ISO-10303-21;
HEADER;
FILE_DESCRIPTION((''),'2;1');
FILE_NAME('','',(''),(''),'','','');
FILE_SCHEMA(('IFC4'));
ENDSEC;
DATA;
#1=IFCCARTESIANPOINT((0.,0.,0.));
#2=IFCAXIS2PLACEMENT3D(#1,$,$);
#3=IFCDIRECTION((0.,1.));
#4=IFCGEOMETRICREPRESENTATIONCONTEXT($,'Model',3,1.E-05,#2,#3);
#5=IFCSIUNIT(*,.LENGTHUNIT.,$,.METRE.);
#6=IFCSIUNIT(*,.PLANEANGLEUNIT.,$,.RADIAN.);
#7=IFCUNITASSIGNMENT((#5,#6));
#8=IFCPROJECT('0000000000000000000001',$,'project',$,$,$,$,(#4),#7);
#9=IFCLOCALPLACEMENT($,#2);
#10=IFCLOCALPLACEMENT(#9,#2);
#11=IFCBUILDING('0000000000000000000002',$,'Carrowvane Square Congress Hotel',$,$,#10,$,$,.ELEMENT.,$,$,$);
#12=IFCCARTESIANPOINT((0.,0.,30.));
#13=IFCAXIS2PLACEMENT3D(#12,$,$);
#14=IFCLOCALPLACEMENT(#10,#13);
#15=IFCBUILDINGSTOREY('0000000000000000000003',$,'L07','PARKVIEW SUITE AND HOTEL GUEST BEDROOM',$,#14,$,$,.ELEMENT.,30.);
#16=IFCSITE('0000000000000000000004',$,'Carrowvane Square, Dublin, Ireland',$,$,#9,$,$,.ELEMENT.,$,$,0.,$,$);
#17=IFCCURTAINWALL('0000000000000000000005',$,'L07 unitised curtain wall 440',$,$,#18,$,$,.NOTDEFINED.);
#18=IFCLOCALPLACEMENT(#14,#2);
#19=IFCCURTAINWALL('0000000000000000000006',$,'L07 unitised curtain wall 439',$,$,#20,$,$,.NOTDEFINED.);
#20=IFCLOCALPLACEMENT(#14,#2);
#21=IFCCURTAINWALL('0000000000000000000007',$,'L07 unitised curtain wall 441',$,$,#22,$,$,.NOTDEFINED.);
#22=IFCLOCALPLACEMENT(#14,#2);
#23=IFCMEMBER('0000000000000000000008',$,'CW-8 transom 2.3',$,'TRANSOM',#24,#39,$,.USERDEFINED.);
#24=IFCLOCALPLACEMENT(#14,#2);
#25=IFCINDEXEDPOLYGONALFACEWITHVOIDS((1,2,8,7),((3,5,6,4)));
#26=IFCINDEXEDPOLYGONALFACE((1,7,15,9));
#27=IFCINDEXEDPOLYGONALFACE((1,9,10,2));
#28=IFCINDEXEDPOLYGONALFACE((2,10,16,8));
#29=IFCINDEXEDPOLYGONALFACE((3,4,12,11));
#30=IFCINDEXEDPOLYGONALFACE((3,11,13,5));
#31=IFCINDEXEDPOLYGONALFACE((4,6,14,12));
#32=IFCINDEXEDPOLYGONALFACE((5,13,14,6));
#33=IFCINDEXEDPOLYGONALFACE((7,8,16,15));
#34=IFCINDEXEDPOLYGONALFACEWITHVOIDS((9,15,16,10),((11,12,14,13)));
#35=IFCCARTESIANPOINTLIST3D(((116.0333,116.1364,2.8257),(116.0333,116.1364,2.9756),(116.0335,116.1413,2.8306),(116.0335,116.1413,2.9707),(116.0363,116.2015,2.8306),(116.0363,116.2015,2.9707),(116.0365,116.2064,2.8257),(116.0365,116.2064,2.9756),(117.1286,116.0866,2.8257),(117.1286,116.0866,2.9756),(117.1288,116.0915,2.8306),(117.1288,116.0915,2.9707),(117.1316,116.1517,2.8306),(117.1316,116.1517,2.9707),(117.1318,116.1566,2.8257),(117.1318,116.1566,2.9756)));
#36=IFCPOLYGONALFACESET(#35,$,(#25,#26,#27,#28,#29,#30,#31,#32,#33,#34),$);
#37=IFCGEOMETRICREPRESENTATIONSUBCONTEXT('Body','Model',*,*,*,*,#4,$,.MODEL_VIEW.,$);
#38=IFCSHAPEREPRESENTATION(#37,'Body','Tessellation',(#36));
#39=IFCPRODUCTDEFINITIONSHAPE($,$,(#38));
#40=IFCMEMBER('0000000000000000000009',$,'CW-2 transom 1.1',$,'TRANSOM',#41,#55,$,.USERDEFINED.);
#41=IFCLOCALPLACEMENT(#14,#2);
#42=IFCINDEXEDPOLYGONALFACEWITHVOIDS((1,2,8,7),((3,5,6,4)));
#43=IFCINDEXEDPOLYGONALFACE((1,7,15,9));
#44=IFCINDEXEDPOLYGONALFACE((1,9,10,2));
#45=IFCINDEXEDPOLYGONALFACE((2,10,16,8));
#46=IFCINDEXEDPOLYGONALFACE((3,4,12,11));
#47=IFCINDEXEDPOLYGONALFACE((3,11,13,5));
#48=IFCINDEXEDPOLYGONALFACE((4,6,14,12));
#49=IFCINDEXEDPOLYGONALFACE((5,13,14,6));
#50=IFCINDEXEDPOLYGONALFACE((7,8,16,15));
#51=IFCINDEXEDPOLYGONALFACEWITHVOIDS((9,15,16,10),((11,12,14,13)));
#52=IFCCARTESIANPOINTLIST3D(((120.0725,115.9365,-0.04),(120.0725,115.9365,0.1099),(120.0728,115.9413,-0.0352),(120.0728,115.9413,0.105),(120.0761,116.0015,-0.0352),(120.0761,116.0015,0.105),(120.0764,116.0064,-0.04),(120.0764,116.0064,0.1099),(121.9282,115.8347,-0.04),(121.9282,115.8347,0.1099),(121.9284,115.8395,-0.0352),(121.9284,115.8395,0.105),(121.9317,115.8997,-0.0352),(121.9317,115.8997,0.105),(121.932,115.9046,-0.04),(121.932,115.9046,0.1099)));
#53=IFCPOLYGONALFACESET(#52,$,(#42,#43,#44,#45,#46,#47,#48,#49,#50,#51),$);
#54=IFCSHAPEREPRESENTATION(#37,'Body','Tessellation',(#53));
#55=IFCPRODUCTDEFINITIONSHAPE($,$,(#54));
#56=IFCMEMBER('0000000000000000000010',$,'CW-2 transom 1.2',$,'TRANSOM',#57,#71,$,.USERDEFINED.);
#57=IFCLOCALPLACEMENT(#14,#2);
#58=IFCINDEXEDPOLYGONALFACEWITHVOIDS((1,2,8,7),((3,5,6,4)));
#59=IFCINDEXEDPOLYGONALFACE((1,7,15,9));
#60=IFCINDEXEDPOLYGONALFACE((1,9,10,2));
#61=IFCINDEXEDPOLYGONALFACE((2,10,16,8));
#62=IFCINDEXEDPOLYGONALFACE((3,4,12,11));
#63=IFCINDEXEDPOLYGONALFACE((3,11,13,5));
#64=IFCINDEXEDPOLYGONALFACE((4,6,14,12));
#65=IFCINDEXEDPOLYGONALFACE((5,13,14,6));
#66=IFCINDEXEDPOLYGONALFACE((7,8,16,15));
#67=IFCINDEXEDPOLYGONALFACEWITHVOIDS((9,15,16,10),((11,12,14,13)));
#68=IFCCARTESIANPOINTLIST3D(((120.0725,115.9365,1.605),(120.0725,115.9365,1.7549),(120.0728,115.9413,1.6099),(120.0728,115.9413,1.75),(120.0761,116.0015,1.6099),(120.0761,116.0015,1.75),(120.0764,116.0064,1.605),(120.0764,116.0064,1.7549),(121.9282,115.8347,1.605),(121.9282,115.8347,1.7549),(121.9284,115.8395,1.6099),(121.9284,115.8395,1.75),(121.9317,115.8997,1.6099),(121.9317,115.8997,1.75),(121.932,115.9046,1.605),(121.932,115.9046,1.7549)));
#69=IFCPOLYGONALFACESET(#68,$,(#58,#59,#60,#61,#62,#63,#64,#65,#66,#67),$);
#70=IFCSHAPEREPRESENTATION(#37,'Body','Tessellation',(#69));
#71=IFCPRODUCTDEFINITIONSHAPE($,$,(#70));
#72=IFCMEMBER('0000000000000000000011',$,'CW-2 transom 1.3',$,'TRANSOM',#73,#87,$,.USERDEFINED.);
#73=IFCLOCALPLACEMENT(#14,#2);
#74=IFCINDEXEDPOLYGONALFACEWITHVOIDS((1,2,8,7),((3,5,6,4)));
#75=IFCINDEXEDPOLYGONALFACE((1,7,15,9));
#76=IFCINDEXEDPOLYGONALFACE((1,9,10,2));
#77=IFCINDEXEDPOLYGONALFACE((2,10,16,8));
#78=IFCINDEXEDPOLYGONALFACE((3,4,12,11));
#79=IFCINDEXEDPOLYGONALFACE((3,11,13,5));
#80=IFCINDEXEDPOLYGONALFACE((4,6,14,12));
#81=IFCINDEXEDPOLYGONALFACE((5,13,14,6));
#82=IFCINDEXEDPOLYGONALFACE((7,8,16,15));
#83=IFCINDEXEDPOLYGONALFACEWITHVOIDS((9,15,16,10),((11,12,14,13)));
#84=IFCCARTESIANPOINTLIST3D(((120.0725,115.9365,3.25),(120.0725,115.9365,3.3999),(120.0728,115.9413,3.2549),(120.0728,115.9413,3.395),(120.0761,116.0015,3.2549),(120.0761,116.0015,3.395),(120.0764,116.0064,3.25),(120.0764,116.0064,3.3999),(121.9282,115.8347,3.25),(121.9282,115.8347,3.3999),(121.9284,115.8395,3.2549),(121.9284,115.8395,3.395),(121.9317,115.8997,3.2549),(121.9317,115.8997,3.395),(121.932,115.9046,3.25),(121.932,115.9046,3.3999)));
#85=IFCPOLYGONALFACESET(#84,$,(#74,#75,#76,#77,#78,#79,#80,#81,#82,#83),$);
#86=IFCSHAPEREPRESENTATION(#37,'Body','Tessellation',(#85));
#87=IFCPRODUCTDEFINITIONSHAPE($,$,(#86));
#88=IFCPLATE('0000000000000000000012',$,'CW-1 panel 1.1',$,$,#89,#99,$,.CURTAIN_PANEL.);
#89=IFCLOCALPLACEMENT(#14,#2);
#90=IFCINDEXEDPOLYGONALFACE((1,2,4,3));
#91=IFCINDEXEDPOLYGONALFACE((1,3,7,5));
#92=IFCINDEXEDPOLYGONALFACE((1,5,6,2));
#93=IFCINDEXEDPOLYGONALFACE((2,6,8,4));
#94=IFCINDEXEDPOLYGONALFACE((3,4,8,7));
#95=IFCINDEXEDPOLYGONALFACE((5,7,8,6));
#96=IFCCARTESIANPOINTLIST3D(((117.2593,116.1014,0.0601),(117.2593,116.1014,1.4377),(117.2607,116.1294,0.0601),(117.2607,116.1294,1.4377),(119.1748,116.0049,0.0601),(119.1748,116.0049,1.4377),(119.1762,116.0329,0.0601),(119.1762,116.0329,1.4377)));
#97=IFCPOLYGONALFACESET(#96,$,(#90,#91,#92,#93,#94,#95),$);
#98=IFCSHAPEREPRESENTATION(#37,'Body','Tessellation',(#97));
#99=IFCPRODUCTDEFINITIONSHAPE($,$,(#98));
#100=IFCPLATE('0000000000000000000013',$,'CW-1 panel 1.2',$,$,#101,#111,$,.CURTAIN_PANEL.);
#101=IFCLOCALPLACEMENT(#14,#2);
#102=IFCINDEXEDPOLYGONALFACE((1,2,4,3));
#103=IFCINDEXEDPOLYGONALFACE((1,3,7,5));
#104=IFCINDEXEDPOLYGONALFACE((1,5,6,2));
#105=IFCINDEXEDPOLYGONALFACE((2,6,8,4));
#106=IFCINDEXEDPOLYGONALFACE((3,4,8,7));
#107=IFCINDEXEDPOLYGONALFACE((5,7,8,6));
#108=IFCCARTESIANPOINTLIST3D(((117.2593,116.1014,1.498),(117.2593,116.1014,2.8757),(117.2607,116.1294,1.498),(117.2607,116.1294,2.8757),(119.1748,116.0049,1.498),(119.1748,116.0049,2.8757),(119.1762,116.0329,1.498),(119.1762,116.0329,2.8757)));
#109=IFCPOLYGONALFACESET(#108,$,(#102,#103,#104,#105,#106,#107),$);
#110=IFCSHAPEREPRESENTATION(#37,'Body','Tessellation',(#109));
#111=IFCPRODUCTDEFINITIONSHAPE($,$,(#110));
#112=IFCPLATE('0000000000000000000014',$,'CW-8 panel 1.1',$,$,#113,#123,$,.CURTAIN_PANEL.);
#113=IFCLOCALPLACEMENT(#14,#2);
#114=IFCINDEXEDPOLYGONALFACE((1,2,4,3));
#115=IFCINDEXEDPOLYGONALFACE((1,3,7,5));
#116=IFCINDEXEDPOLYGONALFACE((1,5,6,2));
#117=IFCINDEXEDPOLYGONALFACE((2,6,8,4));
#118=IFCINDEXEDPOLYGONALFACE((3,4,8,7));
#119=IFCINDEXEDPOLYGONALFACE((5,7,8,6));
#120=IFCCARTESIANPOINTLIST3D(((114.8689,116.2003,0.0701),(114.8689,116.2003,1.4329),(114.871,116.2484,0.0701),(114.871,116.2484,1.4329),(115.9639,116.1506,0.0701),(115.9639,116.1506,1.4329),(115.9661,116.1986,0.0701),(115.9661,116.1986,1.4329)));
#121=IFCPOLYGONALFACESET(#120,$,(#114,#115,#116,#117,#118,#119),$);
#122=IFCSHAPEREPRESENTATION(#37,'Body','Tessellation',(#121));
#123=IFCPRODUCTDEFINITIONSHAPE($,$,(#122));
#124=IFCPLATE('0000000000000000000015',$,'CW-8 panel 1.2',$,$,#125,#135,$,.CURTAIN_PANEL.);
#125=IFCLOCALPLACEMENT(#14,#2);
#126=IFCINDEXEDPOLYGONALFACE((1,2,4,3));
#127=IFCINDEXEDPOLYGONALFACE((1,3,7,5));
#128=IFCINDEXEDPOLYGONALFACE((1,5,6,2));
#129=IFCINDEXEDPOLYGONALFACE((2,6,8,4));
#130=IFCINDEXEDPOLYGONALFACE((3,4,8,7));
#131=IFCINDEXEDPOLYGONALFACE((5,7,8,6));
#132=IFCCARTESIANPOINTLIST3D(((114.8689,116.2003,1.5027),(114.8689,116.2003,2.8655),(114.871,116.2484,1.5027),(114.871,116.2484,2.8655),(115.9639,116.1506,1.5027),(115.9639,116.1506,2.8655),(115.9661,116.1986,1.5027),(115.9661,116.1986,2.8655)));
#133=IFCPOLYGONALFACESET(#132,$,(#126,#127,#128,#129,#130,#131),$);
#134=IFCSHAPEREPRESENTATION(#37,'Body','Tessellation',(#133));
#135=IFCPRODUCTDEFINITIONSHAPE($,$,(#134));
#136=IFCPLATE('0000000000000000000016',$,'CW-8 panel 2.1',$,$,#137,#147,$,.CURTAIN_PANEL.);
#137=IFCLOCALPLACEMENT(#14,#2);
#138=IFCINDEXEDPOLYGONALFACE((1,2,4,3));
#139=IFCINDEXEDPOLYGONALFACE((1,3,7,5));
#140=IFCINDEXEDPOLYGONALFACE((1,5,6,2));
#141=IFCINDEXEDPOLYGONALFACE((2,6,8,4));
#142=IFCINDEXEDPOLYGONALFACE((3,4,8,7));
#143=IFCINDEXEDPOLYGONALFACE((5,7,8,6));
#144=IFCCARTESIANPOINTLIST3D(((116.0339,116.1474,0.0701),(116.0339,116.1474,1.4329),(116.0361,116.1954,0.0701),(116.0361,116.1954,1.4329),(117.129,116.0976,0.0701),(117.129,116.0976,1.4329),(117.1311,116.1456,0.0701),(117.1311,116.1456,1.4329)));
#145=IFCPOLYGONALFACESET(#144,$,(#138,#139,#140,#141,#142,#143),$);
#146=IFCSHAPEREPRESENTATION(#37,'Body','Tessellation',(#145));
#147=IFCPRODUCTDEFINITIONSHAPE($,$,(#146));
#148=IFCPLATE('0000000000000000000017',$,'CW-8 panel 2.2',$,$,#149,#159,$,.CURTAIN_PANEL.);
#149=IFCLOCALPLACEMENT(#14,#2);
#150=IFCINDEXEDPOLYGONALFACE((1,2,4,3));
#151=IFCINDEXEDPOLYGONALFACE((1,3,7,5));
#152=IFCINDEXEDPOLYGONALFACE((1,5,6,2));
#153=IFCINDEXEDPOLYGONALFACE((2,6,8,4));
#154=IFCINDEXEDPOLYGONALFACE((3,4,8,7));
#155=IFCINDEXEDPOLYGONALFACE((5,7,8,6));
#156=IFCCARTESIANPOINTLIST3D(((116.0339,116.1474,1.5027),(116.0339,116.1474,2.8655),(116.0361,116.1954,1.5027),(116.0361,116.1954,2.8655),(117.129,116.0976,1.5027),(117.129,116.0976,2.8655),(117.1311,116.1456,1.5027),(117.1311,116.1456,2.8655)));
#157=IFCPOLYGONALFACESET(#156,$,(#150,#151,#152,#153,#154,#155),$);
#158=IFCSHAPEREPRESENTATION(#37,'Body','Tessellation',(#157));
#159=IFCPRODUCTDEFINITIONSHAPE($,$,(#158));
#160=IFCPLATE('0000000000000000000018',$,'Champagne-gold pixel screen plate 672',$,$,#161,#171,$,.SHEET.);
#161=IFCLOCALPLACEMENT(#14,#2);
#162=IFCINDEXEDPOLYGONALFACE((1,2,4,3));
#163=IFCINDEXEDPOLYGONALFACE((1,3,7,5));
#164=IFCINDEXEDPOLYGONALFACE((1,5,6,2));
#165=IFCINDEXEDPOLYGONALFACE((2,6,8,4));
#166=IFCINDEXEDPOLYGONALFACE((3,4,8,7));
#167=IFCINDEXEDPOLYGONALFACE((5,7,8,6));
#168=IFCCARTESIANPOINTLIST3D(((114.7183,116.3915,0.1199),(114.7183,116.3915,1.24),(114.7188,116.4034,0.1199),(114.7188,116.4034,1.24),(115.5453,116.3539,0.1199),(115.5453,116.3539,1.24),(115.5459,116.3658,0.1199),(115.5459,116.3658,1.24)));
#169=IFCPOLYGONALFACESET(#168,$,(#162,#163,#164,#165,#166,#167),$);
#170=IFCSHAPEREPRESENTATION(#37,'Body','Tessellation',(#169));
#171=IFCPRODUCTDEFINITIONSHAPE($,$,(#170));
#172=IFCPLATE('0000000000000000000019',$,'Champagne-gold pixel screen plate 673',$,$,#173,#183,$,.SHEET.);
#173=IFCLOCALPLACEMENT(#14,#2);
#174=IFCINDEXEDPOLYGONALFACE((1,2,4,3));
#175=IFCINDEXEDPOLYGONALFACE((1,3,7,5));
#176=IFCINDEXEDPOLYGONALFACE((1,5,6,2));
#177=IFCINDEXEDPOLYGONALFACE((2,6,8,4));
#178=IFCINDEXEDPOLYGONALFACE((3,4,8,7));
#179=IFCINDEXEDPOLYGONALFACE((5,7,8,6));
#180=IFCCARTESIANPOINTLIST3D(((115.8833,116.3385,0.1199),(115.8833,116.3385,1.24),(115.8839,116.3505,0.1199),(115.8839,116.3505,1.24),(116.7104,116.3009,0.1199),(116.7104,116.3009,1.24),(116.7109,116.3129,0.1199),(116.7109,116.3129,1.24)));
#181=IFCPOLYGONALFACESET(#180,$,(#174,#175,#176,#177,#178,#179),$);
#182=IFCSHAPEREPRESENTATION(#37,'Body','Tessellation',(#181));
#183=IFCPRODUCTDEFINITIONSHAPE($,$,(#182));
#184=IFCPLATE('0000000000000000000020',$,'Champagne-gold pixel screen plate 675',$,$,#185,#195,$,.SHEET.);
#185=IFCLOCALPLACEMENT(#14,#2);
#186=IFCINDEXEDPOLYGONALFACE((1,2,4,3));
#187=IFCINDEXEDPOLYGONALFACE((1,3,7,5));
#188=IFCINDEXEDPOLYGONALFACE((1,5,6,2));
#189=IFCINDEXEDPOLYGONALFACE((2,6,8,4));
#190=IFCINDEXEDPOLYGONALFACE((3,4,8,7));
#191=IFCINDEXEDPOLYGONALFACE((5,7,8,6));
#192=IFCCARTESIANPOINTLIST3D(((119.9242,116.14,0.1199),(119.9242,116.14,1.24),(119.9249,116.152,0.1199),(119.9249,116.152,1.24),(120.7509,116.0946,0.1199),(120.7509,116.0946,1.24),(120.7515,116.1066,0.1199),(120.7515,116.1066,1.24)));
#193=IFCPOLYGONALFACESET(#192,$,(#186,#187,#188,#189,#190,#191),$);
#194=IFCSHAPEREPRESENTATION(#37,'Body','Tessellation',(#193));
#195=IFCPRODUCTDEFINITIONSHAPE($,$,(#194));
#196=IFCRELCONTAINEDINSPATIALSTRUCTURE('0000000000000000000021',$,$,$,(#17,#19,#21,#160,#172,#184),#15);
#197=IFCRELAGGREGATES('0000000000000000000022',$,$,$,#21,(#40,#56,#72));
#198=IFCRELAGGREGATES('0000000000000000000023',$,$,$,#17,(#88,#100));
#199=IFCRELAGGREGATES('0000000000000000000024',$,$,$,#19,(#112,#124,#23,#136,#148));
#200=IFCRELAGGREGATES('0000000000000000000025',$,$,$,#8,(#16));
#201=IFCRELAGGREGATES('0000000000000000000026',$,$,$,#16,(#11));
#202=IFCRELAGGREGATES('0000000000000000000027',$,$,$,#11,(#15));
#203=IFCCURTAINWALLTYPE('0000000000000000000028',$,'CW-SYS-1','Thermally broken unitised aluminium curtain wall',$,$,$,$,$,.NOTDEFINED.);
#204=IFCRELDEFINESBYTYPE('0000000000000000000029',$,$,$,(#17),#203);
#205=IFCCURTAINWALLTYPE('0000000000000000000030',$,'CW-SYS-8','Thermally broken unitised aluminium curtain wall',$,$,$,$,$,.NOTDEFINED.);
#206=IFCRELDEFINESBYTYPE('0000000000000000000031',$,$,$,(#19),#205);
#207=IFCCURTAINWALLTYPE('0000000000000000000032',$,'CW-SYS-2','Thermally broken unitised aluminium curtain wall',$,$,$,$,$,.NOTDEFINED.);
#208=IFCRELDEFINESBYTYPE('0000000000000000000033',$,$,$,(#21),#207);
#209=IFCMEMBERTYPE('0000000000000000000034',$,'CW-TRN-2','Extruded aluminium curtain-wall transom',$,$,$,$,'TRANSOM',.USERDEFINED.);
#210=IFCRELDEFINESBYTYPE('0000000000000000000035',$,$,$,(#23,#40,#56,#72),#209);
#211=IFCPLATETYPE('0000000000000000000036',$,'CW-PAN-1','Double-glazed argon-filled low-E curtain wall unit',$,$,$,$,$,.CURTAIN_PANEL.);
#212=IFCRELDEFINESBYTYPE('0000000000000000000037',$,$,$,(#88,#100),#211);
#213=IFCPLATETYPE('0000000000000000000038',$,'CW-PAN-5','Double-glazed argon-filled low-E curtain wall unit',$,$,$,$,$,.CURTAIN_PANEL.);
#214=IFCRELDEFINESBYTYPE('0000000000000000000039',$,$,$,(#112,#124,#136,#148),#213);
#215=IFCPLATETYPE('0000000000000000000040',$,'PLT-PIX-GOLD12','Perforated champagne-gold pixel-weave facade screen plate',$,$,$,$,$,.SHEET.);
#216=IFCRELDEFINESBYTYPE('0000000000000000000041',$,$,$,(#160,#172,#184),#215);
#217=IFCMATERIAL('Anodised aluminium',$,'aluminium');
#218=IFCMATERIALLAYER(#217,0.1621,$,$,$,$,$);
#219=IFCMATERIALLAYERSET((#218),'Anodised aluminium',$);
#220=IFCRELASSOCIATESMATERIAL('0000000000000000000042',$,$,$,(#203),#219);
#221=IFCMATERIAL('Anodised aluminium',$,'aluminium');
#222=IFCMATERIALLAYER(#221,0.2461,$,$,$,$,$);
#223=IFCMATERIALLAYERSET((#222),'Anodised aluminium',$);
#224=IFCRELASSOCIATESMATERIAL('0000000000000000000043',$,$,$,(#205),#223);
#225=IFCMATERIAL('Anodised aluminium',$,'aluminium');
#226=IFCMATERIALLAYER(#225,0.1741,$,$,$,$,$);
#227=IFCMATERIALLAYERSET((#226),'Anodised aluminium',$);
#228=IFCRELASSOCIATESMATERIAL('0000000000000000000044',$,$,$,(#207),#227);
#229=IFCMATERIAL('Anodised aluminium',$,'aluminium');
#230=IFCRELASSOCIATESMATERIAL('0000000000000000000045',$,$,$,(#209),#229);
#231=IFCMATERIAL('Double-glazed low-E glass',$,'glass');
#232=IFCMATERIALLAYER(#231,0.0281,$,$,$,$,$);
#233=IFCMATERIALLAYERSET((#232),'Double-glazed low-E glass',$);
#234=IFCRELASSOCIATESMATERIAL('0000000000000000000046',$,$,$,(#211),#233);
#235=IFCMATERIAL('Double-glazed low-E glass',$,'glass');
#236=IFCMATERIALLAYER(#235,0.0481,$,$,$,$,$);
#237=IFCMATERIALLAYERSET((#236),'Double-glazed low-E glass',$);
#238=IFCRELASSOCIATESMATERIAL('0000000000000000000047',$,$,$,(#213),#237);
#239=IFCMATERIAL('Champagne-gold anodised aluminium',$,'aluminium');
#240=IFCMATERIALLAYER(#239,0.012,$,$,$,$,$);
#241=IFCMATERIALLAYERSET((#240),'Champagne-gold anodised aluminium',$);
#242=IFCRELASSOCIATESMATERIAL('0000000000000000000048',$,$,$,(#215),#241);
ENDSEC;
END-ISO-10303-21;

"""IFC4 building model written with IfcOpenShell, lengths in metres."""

from ifc_helpers import new_model, si_unit, direction, frame, origin, origin_2d, place, context, subcontext, project, spatial, rectangle, hollow_rectangle, extrude, material, layer, layer_set, material_profile, profile_set, type_object, element, aggregate, save


model = new_model("IFC4")

# Units and contexts
model_context = context("Model", 3, precision=1e-05, world=origin(), true_north=direction((0.0, 1.0)))
body_context = subcontext(model_context, "Body", "Model", "MODEL_VIEW")
ifc_project = project(units=[si_unit("LENGTHUNIT", "METRE"), si_unit("PLANEANGLEUNIT", "RADIAN")], contexts=[model_context])

# Site, building, storey
site_placement = place(None, origin())
site = spatial("IfcSite", under=ifc_project, at=site_placement, Name="Carrowvane Square, Dublin, Ireland", CompositionType="ELEMENT", RefElevation=0.0)
building_placement = place(site_placement, origin())
building = spatial("IfcBuilding", under=site, at=building_placement, Name="Carrowvane Square Congress Hotel", CompositionType="ELEMENT")
storey_placement = place(building_placement, frame((0.0, 0.0, 30.0)))
storey = spatial("IfcBuildingStorey", under=building, at=storey_placement, Name="L07", Description="PARKVIEW SUITE AND HOTEL GUEST BEDROOM", CompositionType="ELEMENT", Elevation=30.0)

# Curtain walls
ifc_material_1 = material(Name="Anodised aluminium", Category="aluminium")
ifc_layer_1 = layer(ifc_material_1, 0.1621)
ifc_layer_set_1 = layer_set([ifc_layer_1], Name="Anodised aluminium")
curtain_wall_type_1 = type_object("IfcCurtainWallType", Name="CW-SYS-1", Description="Thermally broken unitised aluminium curtain wall", PredefinedType="NOTDEFINED", material=ifc_layer_set_1)
curtain_wall_1_placement = place(storey_placement, origin())
curtain_wall_1 = element("IfcCurtainWall", 1, at=curtain_wall_1_placement, inside=storey, type_object=curtain_wall_type_1, Name="L07 unitised curtain wall 440", PredefinedType="NOTDEFINED")
ifc_material_2 = material(Name="Anodised aluminium", Category="aluminium")
ifc_layer_2 = layer(ifc_material_2, 0.2461)
ifc_layer_set_2 = layer_set([ifc_layer_2], Name="Anodised aluminium")
curtain_wall_type_2 = type_object("IfcCurtainWallType", Name="CW-SYS-8", Description="Thermally broken unitised aluminium curtain wall", PredefinedType="NOTDEFINED", material=ifc_layer_set_2)
curtain_wall_2_placement = place(storey_placement, origin())
curtain_wall_2 = element("IfcCurtainWall", 2, at=curtain_wall_2_placement, inside=storey, type_object=curtain_wall_type_2, Name="L07 unitised curtain wall 439", PredefinedType="NOTDEFINED")

# Curtain wall
ifc_material_3 = material(Name="Anodised aluminium", Category="aluminium")
ifc_layer_3 = layer(ifc_material_3, 0.1741)
ifc_layer_set_3 = layer_set([ifc_layer_3], Name="Anodised aluminium")
curtain_wall_type_3 = type_object("IfcCurtainWallType", Name="CW-SYS-2", Description="Thermally broken unitised aluminium curtain wall", PredefinedType="NOTDEFINED", material=ifc_layer_set_3)
curtain_wall_3_placement = place(storey_placement, origin())
curtain_wall_3 = element("IfcCurtainWall", 3, at=curtain_wall_3_placement, inside=storey, type_object=curtain_wall_type_3, Name="L07 unitised curtain wall 441", PredefinedType="NOTDEFINED")

# Members
ifc_material_4 = material(Name="Anodised aluminium", Category="aluminium")
ifc_material_profile_1 = material_profile(ifc_material_4, hollow_rectangle(XDim=0.0701, YDim=0.1499, WallThickness=0.0049, at=origin_2d()), Name="CW-TR 70x150x5")
ifc_profile_set_1 = profile_set([ifc_material_profile_1], Name="Anodised aluminium")
member_type_1 = type_object("IfcMemberType", Name="CW-TRN-2", Description="Extruded aluminium curtain-wall transom", ElementType="TRANSOM", PredefinedType="USERDEFINED", material=ifc_profile_set_1)
member_1_placement = place(storey_placement, frame((116.0349, 116.1714, 2.9006), z_axis=(0.998968, -0.045428, 0.0), x_axis=(0.045428, 0.998968, 0.0)))
member_1 = element("IfcMember", 4, at=member_1_placement, type_object=member_type_1, Name="CW-8 transom 2.3", ObjectType="TRANSOM", PredefinedType="USERDEFINED", context=body_context, shape_type="SweptSolid", body=[
    extrude(hollow_rectangle(XDim=0.0701, YDim=0.1499, WallThickness=0.0049, at=origin_2d()), origin(), (0.0, 0.0, 1.0), 1.0964),
])
member_2_placement = place(storey_placement, frame((120.0745, 115.9714, 0.0349), z_axis=(0.998499, -0.054779, 0.0), x_axis=(0.054779, 0.998499, 0.0)))
member_2 = element("IfcMember", 5, at=member_2_placement, type_object=member_type_1, Name="CW-2 transom 1.1", ObjectType="TRANSOM", PredefinedType="USERDEFINED", context=body_context, shape_type="SweptSolid", body=[
    extrude(hollow_rectangle(XDim=0.0701, YDim=0.1499, WallThickness=0.0049, at=origin_2d()), origin(), (0.0, 0.0, 1.0), 1.8584),
])
member_3_placement = place(storey_placement, frame((120.0745, 115.9714, 1.6799), z_axis=(0.998499, -0.054779, 0.0), x_axis=(0.054779, 0.998499, 0.0)))
member_3 = element("IfcMember", 6, at=member_3_placement, type_object=member_type_1, Name="CW-2 transom 1.2", ObjectType="TRANSOM", PredefinedType="USERDEFINED", context=body_context, shape_type="SweptSolid", body=[
    extrude(hollow_rectangle(XDim=0.0701, YDim=0.1499, WallThickness=0.0049, at=origin_2d()), origin(), (0.0, 0.0, 1.0), 1.8584),
])
member_4_placement = place(storey_placement, frame((120.0745, 115.9714, 3.325), z_axis=(0.998499, -0.054779, 0.0), x_axis=(0.054779, 0.998499, 0.0)))
member_4 = element("IfcMember", 7, at=member_4_placement, type_object=member_type_1, Name="CW-2 transom 1.3", ObjectType="TRANSOM", PredefinedType="USERDEFINED", context=body_context, shape_type="SweptSolid", body=[
    extrude(hollow_rectangle(XDim=0.0701, YDim=0.1499, WallThickness=0.0049, at=origin_2d()), origin(), (0.0, 0.0, 1.0), 1.8584),
])
aggregate(curtain_wall_3, [member_2, member_3, member_4])

# Plates
ifc_material_5 = material(Name="Double-glazed low-E glass", Category="glass")
ifc_layer_4 = layer(ifc_material_5, 0.0281)
ifc_layer_set_4 = layer_set([ifc_layer_4], Name="Double-glazed low-E glass")
plate_type_1 = type_object("IfcPlateType", Name="CW-PAN-1", Description="Double-glazed argon-filled low-E curtain wall unit", PredefinedType="CURTAIN_PANEL", material=ifc_layer_set_4)
plate_1_placement = place(storey_placement, frame((118.2178, 116.0671, 0.0601), z_axis=(0.0, 0.0, 1.0), x_axis=(0.998733, -0.050324, 0.0)))
plate_1 = element("IfcPlate", 8, at=plate_1_placement, type_object=plate_type_1, Name="CW-1 panel 1.1", PredefinedType="CURTAIN_PANEL", context=body_context, shape_type="SweptSolid", body=[
    extrude(rectangle(XDim=1.918, YDim=0.0281, at=origin_2d()), origin(), (0.0, 0.0, 1.0), 1.3777),
])
plate_2_placement = place(storey_placement, frame((118.2178, 116.0671, 1.498), z_axis=(0.0, 0.0, 1.0), x_axis=(0.998733, -0.050324, 0.0)))
plate_2 = element("IfcPlate", 9, at=plate_2_placement, type_object=plate_type_1, Name="CW-1 panel 1.2", PredefinedType="CURTAIN_PANEL", context=body_context, shape_type="SweptSolid", body=[
    extrude(rectangle(XDim=1.918, YDim=0.0281, at=origin_2d()), origin(), (0.0, 0.0, 1.0), 1.3777),
])
aggregate(curtain_wall_1, [plate_1, plate_2])
ifc_material_6 = material(Name="Double-glazed low-E glass", Category="glass")
ifc_layer_5 = layer(ifc_material_6, 0.0481)
ifc_layer_set_5 = layer_set([ifc_layer_5], Name="Double-glazed low-E glass")
plate_type_2 = type_object("IfcPlateType", Name="CW-PAN-5", Description="Double-glazed argon-filled low-E curtain wall unit", PredefinedType="CURTAIN_PANEL", material=ifc_layer_set_5)
plate_3_placement = place(storey_placement, frame((115.4175, 116.1995, 0.0701), z_axis=(0.0, 0.0, 1.0), x_axis=(0.998968, -0.045411, 0.0)))
plate_3 = element("IfcPlate", 10, at=plate_3_placement, type_object=plate_type_2, Name="CW-8 panel 1.1", PredefinedType="CURTAIN_PANEL", context=body_context, shape_type="SweptSolid", body=[
    extrude(rectangle(XDim=1.0962, YDim=0.0481, at=origin_2d()), origin(), (0.0, 0.0, 1.0), 1.3628),
])
plate_4_placement = place(storey_placement, frame((115.4175, 116.1995, 1.5027), z_axis=(0.0, 0.0, 1.0), x_axis=(0.998968, -0.045411, 0.0)))
plate_4 = element("IfcPlate", 11, at=plate_4_placement, type_object=plate_type_2, Name="CW-8 panel 1.2", PredefinedType="CURTAIN_PANEL", context=body_context, shape_type="SweptSolid", body=[
    extrude(rectangle(XDim=1.0962, YDim=0.0481, at=origin_2d()), origin(), (0.0, 0.0, 1.0), 1.3628),
])
plate_5_placement = place(storey_placement, frame((116.5825, 116.1465, 0.0701), z_axis=(0.0, 0.0, 1.0), x_axis=(0.998968, -0.045411, 0.0)))
plate_5 = element("IfcPlate", 12, at=plate_5_placement, type_object=plate_type_2, Name="CW-8 panel 2.1", PredefinedType="CURTAIN_PANEL", context=body_context, shape_type="SweptSolid", body=[
    extrude(rectangle(XDim=1.0962, YDim=0.0481, at=origin_2d()), origin(), (0.0, 0.0, 1.0), 1.3628),
])
plate_6_placement = place(storey_placement, frame((116.5825, 116.1465, 1.5027), z_axis=(0.0, 0.0, 1.0), x_axis=(0.998968, -0.045411, 0.0)))
plate_6 = element("IfcPlate", 13, at=plate_6_placement, type_object=plate_type_2, Name="CW-8 panel 2.2", PredefinedType="CURTAIN_PANEL", context=body_context, shape_type="SweptSolid", body=[
    extrude(rectangle(XDim=1.0962, YDim=0.0481, at=origin_2d()), origin(), (0.0, 0.0, 1.0), 1.3628),
])
aggregate(curtain_wall_2, [plate_3, plate_4, member_1, plate_5, plate_6])

# Plates
ifc_material_7 = material(Name="Champagne-gold anodised aluminium", Category="aluminium")
ifc_layer_6 = layer(ifc_material_7, 0.012)
ifc_layer_set_6 = layer_set([ifc_layer_6], Name="Champagne-gold anodised aluminium")
plate_type_3 = type_object("IfcPlateType", Name="PLT-PIX-GOLD12", Description="Perforated champagne-gold pixel-weave facade screen plate", PredefinedType="SHEET", material=ifc_layer_set_6)
for number, where, z_axis, x_axis, name in (
    (14, (115.1321, 116.3787, 0.1199), (0.0, 0.0, 1.0), (0.998968, -0.045414, 0.0), "Champagne-gold pixel screen plate 672"),
    (15, (116.2971, 116.3257, 0.1199), (0.0, 0.0, 1.0), (0.998968, -0.045414, 0.0), "Champagne-gold pixel screen plate 673"),
    (16, (120.3379, 116.1233, 0.1199), (0.0, 0.0, 1.0), (0.998497, -0.054815, 0.0), "Champagne-gold pixel screen plate 675"),
):
    element("IfcPlate", number, at=place(storey_placement, frame(where, z_axis=z_axis, x_axis=x_axis)), inside=storey, type_object=plate_type_3, Name=name, PredefinedType="SHEET", context=body_context, shape_type="SweptSolid", body=[
        extrude(rectangle(XDim=0.8279, YDim=0.012, at=origin_2d()), origin(), (0.0, 0.0, 1.0), 1.1201),
    ])

save(model, "model.ifc")
